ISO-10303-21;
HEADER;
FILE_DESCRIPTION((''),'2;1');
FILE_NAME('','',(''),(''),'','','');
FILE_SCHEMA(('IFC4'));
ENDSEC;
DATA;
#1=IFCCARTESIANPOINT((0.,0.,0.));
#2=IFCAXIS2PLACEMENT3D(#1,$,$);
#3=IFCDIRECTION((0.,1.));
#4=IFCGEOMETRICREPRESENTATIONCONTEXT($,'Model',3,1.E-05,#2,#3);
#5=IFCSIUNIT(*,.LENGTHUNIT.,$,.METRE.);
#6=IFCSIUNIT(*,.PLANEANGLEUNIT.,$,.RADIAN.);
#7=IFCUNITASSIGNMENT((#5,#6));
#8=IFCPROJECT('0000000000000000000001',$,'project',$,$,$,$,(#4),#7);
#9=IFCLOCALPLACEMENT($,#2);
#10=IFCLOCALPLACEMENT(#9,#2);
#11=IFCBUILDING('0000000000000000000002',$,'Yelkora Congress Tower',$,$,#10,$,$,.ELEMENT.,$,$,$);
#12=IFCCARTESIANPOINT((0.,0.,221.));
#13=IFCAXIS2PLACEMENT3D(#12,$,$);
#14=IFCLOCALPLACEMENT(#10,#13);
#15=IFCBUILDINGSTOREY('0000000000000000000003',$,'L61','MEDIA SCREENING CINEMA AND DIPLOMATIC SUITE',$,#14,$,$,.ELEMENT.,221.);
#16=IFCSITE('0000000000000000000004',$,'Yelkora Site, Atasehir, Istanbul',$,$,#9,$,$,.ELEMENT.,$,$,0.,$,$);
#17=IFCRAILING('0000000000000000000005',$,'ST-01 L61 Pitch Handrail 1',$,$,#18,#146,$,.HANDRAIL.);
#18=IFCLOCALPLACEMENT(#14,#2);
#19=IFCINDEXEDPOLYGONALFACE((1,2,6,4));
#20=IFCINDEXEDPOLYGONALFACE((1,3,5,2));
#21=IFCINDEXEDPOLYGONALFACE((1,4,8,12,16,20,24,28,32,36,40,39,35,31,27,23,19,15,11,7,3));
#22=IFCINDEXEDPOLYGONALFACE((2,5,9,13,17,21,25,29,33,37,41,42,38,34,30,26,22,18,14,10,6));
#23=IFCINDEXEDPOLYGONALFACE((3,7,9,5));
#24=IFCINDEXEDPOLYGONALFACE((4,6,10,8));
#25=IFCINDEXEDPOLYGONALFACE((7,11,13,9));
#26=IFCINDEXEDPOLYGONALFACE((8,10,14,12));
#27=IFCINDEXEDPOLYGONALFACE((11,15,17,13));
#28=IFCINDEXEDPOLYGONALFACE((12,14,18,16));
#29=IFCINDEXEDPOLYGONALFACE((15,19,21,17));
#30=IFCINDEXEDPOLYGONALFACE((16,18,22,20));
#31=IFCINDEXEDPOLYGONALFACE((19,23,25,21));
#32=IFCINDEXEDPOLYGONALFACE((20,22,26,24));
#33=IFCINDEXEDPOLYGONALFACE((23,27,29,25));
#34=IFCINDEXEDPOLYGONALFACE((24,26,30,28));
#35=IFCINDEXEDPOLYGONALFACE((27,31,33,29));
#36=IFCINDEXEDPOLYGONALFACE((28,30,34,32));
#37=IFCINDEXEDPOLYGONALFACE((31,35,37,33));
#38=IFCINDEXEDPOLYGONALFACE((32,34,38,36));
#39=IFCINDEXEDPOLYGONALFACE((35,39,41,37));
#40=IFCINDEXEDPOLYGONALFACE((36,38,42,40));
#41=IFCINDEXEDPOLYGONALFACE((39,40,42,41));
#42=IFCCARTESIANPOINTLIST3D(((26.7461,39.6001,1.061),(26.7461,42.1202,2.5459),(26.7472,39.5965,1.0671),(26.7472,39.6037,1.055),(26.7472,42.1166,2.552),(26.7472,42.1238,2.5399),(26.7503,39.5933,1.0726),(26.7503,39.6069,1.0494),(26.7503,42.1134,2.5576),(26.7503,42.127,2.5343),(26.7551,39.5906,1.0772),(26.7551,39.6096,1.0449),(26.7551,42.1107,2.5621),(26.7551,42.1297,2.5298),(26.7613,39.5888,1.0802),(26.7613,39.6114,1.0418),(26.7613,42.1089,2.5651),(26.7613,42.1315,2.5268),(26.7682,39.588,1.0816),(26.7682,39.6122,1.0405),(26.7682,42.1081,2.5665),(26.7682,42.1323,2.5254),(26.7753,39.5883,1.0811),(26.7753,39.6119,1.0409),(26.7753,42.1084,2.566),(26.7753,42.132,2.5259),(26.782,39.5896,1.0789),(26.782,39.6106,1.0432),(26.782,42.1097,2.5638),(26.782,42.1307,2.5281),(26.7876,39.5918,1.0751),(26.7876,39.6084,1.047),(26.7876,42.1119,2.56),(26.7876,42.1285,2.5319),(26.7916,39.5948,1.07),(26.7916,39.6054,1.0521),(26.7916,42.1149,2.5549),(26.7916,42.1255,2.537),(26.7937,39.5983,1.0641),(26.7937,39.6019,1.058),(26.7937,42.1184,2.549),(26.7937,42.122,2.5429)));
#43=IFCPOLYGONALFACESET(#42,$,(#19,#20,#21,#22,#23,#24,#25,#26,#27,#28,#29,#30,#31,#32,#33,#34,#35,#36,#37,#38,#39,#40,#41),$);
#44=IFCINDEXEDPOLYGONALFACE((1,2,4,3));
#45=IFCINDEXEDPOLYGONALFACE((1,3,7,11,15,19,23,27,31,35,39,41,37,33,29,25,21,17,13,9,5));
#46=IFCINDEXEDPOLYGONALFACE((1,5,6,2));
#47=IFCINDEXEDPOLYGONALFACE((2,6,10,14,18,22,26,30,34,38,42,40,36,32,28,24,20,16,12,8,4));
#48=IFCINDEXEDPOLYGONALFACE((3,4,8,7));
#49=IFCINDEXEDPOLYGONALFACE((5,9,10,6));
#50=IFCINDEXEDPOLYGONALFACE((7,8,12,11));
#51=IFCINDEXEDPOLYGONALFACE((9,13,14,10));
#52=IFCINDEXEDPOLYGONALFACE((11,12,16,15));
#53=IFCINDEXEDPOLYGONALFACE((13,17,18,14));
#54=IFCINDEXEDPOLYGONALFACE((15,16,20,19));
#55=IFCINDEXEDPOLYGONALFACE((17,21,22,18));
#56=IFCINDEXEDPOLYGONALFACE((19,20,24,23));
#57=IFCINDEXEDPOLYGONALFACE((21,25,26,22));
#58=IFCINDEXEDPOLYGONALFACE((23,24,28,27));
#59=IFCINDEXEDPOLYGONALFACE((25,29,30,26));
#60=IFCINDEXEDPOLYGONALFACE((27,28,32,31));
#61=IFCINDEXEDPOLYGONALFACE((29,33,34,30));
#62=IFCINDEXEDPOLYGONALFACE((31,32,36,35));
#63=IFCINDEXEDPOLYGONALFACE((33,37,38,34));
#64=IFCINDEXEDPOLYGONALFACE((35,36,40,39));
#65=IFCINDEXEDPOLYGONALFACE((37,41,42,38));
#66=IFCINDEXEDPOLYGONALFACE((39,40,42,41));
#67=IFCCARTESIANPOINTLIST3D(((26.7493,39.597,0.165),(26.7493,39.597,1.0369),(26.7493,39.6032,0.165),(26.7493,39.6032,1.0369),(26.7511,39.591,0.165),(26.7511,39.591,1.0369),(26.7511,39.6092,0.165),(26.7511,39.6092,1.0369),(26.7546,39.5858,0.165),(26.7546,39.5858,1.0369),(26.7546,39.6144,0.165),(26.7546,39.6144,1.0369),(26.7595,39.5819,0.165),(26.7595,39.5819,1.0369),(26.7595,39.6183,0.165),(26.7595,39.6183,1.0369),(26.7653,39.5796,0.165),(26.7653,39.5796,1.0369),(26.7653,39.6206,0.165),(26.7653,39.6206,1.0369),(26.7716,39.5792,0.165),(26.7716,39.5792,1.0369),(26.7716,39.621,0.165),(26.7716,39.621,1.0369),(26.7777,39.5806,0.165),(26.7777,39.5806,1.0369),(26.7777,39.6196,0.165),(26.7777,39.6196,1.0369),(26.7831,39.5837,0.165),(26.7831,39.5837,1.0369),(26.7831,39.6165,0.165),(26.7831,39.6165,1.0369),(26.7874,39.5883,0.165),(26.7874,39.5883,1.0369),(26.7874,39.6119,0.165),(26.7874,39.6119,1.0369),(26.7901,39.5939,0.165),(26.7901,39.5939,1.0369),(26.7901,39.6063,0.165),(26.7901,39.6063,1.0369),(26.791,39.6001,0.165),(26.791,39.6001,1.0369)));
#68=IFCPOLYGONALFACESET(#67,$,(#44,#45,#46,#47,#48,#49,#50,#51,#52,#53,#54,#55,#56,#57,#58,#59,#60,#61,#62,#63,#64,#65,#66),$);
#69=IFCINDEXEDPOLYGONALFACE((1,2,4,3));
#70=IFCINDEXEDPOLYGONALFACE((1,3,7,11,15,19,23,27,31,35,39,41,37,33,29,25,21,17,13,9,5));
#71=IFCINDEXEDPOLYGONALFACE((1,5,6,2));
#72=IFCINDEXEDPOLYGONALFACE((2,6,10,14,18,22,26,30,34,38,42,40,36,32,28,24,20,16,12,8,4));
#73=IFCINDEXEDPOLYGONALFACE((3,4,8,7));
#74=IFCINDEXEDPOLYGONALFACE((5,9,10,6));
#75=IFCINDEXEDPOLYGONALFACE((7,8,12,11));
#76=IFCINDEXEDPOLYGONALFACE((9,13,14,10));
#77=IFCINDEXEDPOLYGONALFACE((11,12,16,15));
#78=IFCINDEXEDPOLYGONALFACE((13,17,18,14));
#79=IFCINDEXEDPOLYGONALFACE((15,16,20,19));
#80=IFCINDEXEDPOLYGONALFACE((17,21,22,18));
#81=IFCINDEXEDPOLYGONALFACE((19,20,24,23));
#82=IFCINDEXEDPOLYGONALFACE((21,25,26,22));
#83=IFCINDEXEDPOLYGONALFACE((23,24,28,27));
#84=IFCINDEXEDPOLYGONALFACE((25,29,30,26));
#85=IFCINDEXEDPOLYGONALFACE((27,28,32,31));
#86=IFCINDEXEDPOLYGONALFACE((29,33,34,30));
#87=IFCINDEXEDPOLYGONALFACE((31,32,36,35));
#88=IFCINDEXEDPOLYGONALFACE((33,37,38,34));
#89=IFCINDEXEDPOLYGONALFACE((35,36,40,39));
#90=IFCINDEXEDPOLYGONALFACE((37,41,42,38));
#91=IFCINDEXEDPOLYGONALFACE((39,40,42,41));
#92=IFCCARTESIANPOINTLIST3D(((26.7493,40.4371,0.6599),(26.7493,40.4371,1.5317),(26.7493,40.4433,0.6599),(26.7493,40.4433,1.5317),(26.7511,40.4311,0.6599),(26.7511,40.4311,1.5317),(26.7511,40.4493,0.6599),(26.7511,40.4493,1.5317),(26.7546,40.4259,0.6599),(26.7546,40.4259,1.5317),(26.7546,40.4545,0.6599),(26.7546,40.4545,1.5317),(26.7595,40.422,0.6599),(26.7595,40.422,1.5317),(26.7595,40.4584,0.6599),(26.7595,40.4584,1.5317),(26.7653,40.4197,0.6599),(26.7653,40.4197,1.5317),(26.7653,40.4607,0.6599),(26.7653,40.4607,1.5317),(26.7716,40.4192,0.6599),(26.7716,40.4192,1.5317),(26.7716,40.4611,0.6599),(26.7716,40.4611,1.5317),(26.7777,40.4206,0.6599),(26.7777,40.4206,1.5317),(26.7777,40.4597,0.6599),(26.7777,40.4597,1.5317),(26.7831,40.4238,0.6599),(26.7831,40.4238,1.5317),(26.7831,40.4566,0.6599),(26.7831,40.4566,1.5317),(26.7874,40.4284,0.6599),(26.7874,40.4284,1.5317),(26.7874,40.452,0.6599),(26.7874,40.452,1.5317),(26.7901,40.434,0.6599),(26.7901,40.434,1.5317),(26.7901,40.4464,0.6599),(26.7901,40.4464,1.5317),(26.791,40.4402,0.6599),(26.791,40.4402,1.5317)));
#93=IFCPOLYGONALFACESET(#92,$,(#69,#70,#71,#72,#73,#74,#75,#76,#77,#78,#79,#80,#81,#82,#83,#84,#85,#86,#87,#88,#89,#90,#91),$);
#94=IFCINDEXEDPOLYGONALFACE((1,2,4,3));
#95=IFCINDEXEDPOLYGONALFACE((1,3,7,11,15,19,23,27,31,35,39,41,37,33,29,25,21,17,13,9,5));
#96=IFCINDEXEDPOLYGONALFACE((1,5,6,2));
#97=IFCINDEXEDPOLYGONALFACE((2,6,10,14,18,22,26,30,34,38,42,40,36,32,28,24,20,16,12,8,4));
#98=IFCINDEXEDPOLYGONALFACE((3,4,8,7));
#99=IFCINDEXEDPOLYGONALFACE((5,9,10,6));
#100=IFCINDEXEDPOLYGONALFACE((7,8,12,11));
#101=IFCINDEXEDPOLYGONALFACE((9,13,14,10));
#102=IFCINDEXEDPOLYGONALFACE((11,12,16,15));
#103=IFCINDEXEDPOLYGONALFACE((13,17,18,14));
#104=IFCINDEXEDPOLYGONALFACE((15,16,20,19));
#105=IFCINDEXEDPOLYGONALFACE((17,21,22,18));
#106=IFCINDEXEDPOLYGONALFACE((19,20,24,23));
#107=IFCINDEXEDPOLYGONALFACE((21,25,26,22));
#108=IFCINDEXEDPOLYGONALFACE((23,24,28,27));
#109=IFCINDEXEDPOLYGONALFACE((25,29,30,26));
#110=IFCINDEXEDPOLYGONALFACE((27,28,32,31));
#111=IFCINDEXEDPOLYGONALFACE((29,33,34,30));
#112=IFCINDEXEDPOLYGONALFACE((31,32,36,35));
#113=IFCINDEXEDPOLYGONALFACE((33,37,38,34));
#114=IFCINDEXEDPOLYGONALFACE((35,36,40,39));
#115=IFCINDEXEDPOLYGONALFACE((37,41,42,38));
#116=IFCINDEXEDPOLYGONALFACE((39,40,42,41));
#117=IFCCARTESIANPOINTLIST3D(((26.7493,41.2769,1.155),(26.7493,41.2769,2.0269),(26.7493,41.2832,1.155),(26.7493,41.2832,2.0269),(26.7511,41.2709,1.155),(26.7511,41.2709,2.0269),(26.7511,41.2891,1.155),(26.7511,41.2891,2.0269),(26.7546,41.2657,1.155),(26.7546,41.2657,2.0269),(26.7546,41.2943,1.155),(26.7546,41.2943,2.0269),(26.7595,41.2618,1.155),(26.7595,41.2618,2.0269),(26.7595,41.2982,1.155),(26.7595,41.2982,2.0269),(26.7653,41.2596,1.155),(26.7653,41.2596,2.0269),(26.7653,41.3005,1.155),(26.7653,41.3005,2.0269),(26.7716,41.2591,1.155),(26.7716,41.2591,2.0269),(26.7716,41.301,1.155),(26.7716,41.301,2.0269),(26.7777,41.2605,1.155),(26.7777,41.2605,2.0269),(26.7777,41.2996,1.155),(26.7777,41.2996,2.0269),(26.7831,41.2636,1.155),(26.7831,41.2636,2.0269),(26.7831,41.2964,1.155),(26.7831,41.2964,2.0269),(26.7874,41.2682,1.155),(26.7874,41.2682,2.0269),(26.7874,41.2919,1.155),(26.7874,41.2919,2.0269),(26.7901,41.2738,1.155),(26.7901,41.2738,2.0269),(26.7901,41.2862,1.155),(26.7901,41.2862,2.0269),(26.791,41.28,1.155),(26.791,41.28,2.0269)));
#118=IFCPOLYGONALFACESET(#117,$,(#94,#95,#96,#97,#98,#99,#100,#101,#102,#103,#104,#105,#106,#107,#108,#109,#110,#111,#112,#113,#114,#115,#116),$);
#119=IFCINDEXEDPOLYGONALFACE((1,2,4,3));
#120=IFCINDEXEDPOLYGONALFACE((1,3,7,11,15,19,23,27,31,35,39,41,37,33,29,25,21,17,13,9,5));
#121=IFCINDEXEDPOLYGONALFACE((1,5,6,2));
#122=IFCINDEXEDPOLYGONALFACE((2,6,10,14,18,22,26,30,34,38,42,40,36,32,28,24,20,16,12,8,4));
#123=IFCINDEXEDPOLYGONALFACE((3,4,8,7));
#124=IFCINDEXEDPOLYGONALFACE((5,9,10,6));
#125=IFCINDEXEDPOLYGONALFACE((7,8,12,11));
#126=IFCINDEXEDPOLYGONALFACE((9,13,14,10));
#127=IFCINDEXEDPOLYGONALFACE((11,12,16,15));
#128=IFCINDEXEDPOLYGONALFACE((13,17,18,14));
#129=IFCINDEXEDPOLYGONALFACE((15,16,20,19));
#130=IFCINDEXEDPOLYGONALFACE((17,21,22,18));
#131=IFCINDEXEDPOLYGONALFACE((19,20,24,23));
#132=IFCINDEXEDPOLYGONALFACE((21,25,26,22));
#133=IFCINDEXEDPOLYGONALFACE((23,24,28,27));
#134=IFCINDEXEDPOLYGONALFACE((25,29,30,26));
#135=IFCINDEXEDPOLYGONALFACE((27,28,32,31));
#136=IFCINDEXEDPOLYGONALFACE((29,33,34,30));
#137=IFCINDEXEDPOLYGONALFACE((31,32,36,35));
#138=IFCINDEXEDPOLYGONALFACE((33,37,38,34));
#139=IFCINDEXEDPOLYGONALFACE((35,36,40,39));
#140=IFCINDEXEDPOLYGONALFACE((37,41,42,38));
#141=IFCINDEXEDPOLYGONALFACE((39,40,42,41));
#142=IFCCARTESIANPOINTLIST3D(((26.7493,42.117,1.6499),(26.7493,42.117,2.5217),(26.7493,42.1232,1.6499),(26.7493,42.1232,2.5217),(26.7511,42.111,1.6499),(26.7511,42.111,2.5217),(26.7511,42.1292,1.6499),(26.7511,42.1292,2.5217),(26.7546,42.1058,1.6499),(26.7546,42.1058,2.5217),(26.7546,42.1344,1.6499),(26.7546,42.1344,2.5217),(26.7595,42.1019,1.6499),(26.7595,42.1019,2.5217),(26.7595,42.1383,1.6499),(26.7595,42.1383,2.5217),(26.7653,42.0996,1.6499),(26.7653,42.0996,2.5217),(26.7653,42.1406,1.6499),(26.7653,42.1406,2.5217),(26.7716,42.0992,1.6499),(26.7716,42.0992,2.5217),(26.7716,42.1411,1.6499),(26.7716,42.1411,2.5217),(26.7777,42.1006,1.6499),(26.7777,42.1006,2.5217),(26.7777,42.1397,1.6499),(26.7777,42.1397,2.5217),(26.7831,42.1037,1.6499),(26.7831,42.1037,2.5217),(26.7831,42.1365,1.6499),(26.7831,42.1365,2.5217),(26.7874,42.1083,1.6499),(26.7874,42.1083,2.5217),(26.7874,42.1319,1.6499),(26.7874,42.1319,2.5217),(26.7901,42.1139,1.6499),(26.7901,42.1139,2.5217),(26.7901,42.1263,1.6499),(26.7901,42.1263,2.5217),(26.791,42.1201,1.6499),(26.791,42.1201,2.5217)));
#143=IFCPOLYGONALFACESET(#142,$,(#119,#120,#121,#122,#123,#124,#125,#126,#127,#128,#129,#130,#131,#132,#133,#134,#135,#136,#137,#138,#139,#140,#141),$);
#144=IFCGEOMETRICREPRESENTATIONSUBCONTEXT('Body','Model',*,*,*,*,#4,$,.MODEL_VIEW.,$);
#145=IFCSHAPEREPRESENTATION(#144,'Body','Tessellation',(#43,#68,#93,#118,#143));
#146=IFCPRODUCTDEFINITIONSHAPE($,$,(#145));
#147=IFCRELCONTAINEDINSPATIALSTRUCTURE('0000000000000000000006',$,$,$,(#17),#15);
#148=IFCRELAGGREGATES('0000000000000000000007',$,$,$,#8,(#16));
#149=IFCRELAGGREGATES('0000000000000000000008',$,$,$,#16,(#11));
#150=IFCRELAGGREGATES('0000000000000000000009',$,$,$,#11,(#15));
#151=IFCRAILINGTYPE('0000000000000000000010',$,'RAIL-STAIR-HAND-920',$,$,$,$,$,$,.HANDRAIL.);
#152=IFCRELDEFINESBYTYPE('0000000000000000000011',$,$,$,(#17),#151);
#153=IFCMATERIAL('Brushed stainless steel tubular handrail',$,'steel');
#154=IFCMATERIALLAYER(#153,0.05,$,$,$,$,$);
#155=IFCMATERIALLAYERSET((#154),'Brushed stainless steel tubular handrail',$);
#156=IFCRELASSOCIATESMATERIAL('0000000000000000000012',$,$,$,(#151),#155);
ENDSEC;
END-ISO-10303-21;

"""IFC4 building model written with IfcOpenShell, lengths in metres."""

from ifc_helpers import new_model, si_unit, direction, frame, origin, origin_2d, place, context, subcontext, project, spatial, circle, extrude, material, layer, layer_set, type_object, element, save


model = new_model("IFC4")

# Units and contexts
model_context = context("Model", 3, precision=1e-05, world=origin(), true_north=direction((0.0, 1.0)))
body_context = subcontext(model_context, "Body", "Model", "MODEL_VIEW")
ifc_project = project(units=[si_unit("LENGTHUNIT", "METRE"), si_unit("PLANEANGLEUNIT", "RADIAN")], contexts=[model_context])

# Site, building, storey
site_placement = place(None, origin())
site = spatial("IfcSite", under=ifc_project, at=site_placement, Name="Yelkora Site, Atasehir, Istanbul", CompositionType="ELEMENT", RefElevation=0.0)
building_placement = place(site_placement, origin())
building = spatial("IfcBuilding", under=site, at=building_placement, Name="Yelkora Congress Tower", CompositionType="ELEMENT")
storey_placement = place(building_placement, frame((0.0, 0.0, 221.0)))
storey = spatial("IfcBuildingStorey", under=building, at=storey_placement, Name="L61", Description="MEDIA SCREENING CINEMA AND DIPLOMATIC SUITE", CompositionType="ELEMENT", Elevation=221.0)

# Railing
ifc_material_1 = material(Name="Brushed stainless steel tubular handrail", Category="steel")
ifc_layer_1 = layer(ifc_material_1, 0.05)
ifc_layer_set_1 = layer_set([ifc_layer_1], Name="Brushed stainless steel tubular handrail")
railing_type_1 = type_object("IfcRailingType", Name="RAIL-STAIR-HAND-920", PredefinedType="HANDRAIL", material=ifc_layer_set_1)
railing_1_placement = place(storey_placement, frame((26.77, 39.6001, 0.165)))
element("IfcRailing", 1, at=railing_1_placement, inside=storey, type_object=railing_type_1, Name="ST-01 L61 Pitch Handrail 1", PredefinedType="HANDRAIL", context=body_context, shape_type="SweptSolid", body=[
    extrude(circle(Radius=0.0239, at=origin_2d()), frame((0.0, 0.0, 0.896), z_axis=(0.0, 0.861561, 0.507655), x_axis=(-1.0, 0.0, 0.0)), (0.0, 0.0, 1.0), 2.925),
    extrude(circle(Radius=0.021, at=origin_2d()), origin(), (0.0, 0.0, 1.0), 0.8718),
    extrude(circle(Radius=0.021, at=origin_2d()), frame((0.0, 0.8401, 0.4949)), (0.0, 0.0, 1.0), 0.8718),
    extrude(circle(Radius=0.021, at=origin_2d()), frame((0.0, 1.6799, 0.99)), (0.0, 0.0, 1.0), 0.8718),
    extrude(circle(Radius=0.021, at=origin_2d()), frame((0.0, 2.52, 1.4849)), (0.0, 0.0, 1.0), 0.8718),
])

save(model, "model.ifc")
